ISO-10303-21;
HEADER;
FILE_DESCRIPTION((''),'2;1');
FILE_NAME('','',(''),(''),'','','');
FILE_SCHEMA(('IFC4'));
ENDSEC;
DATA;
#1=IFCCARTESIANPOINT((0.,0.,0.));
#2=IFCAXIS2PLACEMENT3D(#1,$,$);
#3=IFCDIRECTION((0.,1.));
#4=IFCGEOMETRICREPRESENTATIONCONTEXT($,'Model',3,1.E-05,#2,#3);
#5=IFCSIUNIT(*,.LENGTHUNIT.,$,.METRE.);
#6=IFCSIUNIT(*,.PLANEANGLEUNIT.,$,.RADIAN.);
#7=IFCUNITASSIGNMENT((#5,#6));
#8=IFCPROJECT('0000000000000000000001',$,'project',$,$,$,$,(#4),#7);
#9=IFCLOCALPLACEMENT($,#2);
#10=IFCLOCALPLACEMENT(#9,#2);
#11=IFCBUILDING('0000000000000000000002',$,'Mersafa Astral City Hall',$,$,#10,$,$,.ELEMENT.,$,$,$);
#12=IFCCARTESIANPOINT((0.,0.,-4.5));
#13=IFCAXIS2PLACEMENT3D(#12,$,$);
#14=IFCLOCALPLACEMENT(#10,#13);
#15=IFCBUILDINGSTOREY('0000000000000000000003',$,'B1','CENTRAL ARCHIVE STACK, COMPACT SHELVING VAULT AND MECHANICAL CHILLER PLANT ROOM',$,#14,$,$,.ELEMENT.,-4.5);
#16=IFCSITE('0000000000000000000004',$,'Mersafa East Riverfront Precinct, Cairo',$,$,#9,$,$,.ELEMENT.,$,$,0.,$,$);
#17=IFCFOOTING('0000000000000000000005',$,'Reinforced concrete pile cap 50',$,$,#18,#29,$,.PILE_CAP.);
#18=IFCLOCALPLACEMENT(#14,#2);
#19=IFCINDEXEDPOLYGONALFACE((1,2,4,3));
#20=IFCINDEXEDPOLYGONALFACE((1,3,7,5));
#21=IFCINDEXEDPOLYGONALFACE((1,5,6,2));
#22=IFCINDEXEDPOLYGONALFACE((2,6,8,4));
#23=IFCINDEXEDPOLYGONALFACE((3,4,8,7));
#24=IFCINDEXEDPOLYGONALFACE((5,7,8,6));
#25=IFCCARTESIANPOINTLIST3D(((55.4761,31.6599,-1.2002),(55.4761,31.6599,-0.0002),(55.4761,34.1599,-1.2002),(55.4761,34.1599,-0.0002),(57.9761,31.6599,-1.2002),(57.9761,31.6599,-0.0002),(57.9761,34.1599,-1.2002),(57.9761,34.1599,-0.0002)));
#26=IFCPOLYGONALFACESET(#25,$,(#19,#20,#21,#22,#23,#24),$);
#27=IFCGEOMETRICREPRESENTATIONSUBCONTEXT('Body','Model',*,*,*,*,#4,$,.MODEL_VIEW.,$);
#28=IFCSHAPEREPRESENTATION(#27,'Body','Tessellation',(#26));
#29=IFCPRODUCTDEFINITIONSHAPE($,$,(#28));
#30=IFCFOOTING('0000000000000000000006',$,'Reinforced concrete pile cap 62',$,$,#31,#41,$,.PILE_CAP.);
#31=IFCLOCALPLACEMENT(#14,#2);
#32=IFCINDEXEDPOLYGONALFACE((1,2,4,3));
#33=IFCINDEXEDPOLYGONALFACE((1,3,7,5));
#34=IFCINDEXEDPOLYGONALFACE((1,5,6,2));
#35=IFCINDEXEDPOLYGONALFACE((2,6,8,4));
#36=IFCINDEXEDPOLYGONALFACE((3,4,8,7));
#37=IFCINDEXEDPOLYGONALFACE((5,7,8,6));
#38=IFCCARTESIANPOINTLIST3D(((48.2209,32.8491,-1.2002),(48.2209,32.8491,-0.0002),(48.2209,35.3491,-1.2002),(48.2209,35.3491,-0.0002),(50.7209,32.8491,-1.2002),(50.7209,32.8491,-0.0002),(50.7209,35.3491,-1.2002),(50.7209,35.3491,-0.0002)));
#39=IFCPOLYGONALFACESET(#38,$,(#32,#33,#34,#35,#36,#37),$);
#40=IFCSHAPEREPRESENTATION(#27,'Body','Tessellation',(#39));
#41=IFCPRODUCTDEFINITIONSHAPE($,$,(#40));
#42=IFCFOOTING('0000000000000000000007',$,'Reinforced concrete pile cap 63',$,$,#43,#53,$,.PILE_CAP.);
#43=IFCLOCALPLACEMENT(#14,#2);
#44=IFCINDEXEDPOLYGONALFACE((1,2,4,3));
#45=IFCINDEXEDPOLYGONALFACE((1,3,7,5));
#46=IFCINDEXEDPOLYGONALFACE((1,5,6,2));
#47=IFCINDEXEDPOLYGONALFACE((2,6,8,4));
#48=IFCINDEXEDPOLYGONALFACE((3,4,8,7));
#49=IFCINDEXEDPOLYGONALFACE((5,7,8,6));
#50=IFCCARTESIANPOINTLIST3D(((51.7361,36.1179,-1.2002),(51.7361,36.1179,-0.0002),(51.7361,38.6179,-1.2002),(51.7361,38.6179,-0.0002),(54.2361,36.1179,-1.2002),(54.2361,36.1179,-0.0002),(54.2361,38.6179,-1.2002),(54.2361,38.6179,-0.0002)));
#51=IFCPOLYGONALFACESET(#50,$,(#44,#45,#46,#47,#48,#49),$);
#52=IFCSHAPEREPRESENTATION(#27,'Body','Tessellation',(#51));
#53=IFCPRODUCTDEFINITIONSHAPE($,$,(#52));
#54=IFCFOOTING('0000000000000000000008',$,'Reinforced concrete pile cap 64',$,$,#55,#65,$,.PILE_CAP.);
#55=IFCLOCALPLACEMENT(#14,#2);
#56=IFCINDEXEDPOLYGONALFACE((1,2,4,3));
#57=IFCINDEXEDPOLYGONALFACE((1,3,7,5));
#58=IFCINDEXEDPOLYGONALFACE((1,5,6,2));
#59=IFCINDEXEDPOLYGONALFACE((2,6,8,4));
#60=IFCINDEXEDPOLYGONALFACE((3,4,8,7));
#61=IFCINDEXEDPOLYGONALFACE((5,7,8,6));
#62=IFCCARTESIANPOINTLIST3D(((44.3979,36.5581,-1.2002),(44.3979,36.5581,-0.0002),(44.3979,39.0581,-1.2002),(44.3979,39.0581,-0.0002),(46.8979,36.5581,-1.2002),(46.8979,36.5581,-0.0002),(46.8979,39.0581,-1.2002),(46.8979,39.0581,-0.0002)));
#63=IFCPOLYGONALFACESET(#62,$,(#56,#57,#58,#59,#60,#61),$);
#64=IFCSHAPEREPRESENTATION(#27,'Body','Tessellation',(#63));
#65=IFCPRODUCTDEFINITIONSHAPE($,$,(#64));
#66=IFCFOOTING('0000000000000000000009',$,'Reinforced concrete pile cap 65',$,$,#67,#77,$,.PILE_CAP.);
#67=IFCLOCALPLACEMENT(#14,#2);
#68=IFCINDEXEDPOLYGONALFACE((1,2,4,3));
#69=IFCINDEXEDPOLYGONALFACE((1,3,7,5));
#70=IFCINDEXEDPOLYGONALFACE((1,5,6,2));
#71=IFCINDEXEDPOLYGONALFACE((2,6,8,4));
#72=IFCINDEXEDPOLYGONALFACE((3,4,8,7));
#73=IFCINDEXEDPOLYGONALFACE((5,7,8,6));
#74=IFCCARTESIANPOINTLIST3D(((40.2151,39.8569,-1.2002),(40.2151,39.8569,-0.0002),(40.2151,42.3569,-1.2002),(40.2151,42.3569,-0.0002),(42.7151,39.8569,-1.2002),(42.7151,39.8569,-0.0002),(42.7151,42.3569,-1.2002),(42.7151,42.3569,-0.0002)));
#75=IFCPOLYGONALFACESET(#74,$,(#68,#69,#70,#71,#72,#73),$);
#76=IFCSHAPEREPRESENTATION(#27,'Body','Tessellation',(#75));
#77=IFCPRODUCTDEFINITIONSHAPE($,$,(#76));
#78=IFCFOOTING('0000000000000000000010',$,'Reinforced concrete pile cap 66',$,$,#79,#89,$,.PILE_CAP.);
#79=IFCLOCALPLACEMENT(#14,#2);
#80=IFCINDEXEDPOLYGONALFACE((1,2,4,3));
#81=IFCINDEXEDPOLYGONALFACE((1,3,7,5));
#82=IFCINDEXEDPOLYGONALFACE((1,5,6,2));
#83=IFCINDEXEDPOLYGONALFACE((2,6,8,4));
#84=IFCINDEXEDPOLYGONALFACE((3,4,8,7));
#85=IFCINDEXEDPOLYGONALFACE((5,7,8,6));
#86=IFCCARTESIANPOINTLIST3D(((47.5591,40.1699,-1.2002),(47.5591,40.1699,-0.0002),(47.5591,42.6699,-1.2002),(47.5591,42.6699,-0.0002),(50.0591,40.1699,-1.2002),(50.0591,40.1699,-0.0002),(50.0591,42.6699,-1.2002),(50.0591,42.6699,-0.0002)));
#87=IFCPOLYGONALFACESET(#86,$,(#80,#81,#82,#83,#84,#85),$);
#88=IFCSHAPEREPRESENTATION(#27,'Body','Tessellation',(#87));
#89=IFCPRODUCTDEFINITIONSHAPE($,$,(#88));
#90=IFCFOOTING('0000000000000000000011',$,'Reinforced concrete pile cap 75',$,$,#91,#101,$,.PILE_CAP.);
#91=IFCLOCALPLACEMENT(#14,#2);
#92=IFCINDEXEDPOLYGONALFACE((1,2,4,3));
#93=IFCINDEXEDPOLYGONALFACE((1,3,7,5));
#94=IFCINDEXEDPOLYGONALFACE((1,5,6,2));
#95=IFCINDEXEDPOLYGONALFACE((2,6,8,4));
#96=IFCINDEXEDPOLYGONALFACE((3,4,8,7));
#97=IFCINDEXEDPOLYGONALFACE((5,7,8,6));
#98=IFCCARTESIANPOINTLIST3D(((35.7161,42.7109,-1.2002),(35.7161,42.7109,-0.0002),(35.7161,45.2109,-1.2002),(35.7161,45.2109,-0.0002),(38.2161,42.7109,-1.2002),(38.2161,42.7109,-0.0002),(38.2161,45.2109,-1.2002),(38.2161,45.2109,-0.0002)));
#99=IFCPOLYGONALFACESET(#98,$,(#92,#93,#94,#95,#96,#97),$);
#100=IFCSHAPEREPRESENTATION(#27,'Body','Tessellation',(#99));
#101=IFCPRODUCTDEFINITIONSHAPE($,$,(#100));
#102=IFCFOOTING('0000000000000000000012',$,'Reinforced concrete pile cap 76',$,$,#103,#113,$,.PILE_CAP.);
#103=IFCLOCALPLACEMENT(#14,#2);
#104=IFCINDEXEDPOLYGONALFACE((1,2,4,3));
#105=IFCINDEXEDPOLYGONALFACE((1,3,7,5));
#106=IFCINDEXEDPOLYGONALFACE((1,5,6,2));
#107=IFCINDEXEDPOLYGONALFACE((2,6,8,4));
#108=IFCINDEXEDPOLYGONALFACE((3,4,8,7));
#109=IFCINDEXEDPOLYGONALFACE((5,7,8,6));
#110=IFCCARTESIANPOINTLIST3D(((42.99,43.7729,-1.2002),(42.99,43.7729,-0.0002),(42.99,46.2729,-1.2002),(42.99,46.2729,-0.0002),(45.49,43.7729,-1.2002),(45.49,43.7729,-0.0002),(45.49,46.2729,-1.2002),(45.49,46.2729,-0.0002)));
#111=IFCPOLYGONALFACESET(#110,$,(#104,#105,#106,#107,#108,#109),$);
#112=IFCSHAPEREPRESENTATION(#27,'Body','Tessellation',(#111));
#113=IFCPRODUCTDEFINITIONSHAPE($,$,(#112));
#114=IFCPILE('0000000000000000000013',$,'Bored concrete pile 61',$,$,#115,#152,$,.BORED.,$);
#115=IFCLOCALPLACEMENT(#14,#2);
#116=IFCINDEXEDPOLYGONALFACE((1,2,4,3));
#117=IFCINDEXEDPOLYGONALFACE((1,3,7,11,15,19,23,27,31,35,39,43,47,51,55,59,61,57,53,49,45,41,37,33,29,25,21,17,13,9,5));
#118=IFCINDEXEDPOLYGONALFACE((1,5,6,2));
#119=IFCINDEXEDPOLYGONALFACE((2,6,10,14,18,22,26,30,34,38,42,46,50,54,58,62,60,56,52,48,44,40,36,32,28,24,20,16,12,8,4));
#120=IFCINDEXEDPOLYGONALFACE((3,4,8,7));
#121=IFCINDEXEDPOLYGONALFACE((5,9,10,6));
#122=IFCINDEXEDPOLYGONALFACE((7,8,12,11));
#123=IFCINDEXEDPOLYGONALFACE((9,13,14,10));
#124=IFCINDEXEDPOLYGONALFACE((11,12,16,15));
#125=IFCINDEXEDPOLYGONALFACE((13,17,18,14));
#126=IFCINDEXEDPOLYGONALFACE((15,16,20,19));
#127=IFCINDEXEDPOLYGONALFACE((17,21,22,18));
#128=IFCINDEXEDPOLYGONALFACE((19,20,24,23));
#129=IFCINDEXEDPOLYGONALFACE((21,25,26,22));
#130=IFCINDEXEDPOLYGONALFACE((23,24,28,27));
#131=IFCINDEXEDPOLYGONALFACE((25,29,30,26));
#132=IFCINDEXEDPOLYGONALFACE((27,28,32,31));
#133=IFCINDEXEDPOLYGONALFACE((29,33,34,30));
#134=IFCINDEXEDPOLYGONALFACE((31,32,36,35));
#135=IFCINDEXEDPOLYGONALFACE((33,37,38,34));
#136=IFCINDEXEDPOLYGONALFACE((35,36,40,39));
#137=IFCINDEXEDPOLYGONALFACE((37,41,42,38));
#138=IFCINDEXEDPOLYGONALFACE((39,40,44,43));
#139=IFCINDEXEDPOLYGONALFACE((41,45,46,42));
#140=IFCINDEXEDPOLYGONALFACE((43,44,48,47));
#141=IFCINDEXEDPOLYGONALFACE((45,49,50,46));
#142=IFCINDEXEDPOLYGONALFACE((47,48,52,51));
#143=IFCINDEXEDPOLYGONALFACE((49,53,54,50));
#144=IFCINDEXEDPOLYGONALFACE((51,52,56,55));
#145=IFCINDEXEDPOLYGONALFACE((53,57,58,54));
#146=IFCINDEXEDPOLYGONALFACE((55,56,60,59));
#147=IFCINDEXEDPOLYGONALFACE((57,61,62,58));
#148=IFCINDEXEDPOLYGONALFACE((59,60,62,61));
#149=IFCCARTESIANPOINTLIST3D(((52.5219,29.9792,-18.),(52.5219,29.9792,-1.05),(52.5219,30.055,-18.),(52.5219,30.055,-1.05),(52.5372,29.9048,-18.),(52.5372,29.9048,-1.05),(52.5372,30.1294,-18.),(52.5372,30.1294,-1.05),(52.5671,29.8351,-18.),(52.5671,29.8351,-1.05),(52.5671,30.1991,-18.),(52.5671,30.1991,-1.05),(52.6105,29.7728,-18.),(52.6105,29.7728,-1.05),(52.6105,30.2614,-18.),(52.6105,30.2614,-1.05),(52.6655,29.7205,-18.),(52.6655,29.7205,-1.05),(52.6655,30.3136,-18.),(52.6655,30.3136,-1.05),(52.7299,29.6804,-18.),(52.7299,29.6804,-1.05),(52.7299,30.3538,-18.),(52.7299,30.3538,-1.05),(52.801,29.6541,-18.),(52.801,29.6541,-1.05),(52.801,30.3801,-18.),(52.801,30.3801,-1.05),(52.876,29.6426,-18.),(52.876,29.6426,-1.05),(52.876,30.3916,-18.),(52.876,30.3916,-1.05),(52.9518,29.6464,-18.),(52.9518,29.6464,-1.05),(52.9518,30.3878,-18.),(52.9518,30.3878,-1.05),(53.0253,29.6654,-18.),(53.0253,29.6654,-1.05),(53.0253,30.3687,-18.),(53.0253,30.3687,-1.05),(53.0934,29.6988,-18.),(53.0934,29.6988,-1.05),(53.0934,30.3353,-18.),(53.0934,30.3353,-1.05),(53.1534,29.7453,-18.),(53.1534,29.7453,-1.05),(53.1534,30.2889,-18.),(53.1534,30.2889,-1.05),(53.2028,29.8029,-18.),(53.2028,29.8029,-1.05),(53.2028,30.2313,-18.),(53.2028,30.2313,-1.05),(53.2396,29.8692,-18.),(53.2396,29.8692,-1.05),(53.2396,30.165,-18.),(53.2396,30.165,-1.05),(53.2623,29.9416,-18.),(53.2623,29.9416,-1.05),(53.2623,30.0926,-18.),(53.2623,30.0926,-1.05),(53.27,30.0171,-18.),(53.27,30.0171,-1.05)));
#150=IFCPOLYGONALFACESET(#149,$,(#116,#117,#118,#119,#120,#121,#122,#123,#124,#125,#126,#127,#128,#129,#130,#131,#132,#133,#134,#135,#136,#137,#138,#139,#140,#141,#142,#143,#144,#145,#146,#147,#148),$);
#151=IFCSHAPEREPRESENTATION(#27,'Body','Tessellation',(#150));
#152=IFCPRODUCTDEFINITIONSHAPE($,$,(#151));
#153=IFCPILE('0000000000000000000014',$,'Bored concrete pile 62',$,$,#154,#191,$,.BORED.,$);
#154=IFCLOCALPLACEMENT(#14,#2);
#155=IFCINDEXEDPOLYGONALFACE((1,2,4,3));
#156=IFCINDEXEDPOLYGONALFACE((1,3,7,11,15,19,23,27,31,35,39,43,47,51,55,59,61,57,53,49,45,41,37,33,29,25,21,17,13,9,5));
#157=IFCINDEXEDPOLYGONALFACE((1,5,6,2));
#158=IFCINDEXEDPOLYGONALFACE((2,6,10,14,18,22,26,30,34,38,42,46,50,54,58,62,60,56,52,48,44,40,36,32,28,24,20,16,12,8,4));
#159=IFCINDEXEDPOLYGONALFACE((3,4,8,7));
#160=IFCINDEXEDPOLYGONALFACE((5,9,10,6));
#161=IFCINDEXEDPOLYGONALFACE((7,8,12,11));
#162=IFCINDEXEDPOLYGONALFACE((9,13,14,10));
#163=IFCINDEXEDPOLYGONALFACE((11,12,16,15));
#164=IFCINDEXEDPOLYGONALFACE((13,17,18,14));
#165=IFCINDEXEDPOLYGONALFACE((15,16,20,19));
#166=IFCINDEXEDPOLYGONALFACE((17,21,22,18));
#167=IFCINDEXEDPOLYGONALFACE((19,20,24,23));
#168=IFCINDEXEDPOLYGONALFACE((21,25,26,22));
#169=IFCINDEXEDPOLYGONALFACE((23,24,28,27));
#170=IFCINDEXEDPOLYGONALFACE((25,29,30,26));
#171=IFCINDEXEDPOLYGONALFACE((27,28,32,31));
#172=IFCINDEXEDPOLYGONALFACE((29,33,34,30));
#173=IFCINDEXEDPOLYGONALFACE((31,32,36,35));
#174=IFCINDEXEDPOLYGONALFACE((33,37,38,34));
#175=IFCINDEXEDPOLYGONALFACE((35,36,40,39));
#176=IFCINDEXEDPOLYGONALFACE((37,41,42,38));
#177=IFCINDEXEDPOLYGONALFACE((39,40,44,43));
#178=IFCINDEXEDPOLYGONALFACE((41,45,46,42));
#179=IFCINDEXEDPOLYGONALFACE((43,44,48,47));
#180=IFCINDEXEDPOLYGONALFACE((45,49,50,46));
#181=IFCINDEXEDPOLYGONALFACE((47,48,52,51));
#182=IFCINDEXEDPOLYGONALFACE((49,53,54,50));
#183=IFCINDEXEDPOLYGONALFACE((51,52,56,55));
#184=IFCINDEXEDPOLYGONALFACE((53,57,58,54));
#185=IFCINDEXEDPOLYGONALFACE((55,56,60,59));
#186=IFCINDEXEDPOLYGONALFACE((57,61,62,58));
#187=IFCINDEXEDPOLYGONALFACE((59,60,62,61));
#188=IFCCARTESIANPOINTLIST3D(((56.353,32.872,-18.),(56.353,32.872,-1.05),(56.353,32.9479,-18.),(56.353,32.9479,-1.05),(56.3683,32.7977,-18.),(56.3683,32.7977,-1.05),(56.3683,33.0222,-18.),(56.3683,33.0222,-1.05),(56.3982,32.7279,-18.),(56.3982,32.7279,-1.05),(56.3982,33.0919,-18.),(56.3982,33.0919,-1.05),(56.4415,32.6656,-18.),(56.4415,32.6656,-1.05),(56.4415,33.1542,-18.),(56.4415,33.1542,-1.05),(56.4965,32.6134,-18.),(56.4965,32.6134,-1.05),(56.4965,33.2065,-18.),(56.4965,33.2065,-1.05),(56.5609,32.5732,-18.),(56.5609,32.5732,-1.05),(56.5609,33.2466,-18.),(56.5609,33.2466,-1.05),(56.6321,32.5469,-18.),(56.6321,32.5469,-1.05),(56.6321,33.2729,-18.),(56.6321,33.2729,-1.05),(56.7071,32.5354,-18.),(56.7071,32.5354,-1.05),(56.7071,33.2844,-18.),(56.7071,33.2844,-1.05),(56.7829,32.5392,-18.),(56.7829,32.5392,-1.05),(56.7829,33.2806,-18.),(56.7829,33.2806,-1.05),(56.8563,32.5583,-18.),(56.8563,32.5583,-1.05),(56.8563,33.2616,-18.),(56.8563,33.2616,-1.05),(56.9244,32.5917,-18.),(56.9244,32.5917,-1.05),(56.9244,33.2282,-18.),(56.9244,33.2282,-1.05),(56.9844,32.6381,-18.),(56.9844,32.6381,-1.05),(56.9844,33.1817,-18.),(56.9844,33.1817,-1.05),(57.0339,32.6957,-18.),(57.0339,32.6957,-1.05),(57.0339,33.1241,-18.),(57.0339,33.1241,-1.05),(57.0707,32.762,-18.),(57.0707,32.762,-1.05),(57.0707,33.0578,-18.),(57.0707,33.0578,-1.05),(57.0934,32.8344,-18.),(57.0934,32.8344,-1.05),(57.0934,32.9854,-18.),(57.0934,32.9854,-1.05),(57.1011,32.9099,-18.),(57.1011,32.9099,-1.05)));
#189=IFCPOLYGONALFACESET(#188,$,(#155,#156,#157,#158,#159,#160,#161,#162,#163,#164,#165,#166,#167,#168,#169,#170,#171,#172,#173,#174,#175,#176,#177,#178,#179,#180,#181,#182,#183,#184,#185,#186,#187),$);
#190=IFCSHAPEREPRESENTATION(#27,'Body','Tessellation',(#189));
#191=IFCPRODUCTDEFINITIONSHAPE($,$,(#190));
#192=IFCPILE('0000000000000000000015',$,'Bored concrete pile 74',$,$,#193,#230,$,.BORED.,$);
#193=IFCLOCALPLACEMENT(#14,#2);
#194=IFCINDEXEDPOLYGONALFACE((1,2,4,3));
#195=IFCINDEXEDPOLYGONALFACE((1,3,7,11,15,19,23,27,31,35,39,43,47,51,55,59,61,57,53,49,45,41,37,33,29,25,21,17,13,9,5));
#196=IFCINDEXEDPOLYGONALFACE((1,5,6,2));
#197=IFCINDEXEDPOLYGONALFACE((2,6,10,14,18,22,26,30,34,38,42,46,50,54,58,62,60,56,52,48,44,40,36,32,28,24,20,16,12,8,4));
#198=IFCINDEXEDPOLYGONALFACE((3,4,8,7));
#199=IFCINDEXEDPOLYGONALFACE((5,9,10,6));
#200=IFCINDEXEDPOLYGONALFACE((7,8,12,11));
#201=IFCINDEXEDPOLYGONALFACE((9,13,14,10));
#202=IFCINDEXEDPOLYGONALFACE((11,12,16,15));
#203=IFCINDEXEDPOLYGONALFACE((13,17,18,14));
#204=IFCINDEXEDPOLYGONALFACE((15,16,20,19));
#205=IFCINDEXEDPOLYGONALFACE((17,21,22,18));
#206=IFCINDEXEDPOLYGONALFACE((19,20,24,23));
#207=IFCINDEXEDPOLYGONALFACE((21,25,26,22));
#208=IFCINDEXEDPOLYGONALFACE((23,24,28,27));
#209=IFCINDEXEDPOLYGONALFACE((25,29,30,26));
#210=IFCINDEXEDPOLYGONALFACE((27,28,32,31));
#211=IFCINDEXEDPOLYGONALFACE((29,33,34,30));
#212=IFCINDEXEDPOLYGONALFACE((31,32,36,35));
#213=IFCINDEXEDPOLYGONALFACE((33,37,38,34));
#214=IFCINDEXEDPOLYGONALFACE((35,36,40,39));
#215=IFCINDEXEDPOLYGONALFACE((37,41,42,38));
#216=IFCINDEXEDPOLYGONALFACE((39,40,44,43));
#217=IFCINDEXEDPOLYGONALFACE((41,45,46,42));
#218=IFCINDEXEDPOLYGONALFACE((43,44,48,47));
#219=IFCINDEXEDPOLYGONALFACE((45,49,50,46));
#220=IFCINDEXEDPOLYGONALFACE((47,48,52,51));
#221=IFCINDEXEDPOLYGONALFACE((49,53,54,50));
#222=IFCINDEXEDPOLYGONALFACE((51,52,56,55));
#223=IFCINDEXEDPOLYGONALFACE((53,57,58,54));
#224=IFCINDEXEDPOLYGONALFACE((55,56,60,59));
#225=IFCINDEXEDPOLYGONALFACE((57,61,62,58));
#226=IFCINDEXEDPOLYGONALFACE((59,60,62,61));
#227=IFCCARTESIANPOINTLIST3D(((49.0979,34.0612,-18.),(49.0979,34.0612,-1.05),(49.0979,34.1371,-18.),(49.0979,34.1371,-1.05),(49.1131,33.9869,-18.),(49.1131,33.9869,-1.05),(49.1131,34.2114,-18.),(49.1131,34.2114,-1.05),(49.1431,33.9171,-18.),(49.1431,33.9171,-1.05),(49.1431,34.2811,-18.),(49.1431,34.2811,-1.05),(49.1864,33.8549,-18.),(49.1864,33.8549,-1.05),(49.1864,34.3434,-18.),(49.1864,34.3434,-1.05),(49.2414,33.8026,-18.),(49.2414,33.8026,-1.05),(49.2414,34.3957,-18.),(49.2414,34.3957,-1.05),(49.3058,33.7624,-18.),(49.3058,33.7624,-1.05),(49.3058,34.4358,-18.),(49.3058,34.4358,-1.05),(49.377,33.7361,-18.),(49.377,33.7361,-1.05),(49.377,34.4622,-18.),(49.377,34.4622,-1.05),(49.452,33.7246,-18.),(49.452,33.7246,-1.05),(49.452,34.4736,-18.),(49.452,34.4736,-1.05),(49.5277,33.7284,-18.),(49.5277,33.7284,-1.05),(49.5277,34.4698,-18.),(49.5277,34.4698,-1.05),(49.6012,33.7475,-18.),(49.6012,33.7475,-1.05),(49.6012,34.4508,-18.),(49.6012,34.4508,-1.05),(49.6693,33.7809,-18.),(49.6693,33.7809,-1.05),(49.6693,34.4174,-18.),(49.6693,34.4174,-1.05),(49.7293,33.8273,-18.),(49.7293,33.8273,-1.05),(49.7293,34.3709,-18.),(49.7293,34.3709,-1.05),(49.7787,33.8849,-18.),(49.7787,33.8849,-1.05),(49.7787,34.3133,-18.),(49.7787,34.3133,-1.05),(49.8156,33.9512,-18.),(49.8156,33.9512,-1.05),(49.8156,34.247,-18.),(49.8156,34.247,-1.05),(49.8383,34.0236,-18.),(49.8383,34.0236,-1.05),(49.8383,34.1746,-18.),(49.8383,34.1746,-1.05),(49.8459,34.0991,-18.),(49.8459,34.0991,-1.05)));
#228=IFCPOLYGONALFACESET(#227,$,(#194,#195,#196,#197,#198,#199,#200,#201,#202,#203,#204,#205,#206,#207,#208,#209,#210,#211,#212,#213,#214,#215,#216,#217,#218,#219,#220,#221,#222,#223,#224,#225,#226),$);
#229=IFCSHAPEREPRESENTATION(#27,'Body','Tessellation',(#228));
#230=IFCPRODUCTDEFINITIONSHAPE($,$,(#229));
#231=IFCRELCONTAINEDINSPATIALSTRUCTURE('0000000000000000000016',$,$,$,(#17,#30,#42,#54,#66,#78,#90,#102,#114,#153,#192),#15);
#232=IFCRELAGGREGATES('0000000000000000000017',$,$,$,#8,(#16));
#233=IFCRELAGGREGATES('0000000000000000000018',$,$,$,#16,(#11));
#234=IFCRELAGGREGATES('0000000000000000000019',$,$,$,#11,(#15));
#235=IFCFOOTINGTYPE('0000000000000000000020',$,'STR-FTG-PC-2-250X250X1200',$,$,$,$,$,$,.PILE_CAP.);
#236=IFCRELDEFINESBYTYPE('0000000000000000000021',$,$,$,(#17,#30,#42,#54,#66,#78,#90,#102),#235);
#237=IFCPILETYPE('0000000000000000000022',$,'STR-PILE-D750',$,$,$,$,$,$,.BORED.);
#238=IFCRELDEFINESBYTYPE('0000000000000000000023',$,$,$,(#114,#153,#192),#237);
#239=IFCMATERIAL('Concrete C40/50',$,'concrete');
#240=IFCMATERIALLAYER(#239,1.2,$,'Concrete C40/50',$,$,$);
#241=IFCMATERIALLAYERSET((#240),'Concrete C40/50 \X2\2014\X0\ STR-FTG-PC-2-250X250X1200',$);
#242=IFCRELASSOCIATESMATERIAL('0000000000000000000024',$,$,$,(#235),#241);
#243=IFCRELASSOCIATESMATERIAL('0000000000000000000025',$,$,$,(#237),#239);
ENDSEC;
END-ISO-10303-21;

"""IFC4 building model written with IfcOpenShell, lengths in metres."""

from ifc_helpers import new_model, si_unit, direction, frame, origin, origin_2d, place, context, subcontext, project, spatial, rectangle, circle, extrude, material, layer, layer_set, material_profile, profile_set, type_object, element, save


model = new_model("IFC4")

# Units and contexts
model_context = context("Model", 3, precision=1e-05, world=origin(), true_north=direction((0.0, 1.0)))
body_context = subcontext(model_context, "Body", "Model", "MODEL_VIEW")
ifc_project = project(units=[si_unit("LENGTHUNIT", "METRE"), si_unit("PLANEANGLEUNIT", "RADIAN")], contexts=[model_context])

# Site, building, storey
site_placement = place(None, origin())
site = spatial("IfcSite", under=ifc_project, at=site_placement, Name="Mersafa East Riverfront Precinct, Cairo", CompositionType="ELEMENT", RefElevation=0.0)
building_placement = place(site_placement, origin())
building = spatial("IfcBuilding", under=site, at=building_placement, Name="Mersafa Astral City Hall", CompositionType="ELEMENT")
storey_placement = place(building_placement, frame((0.0, 0.0, -4.5)))
storey = spatial("IfcBuildingStorey", under=building, at=storey_placement, Name="B1", Description="CENTRAL ARCHIVE STACK, COMPACT SHELVING VAULT AND MECHANICAL CHILLER PLANT ROOM", CompositionType="ELEMENT", Elevation=-4.5)

# Footings
ifc_material = material(Name="Concrete C40/50", Category="concrete")
ifc_layer = layer(ifc_material, 1.2, Name="Concrete C40/50")
ifc_layer_set = layer_set([ifc_layer], Name="Concrete C40/50 — STR-FTG-PC-2-250X250X1200")
footing_type = type_object("IfcFootingType", Name="STR-FTG-PC-2-250X250X1200", PredefinedType="PILE_CAP", material=ifc_layer_set)
for number, where, z_axis, x_axis, name in (
    (1, (56.7261, 32.9099, -1.2002), (0.0, 0.0, 1.0), (1.0, 0.0, 0.0), "Reinforced concrete pile cap 50"),
    (2, (49.4709, 34.0991, -1.2002), (0.0, 0.0, 1.0), (1.0, 0.0, 0.0), "Reinforced concrete pile cap 62"),
    (3, (52.9861, 37.3679, -1.2002), (0.0, 0.0, 1.0), (1.0, 0.0, 0.0), "Reinforced concrete pile cap 63"),
    (4, (45.6479, 37.8081, -1.2002), (0.0, 0.0, 1.0), (1.0, 0.0, 0.0), "Reinforced concrete pile cap 64"),
    (5, (41.4651, 41.1069, -1.2002), (0.0, 0.0, 1.0), (1.0, 0.0, 0.0), "Reinforced concrete pile cap 65"),
    (6, (48.8091, 41.4199, -1.2002), (0.0, 0.0, 1.0), (1.0, 0.0, 0.0), "Reinforced concrete pile cap 66"),
    (7, (36.9661, 43.9609, -1.2002), (0.0, 0.0, 1.0), (1.0, 0.0, 0.0), "Reinforced concrete pile cap 75"),
    (8, (44.24, 45.0229, -1.2002), (0.0, 0.0, 1.0), (1.0, 0.0, 0.0), "Reinforced concrete pile cap 76"),
):
    element("IfcFooting", number, at=place(storey_placement, frame(where, z_axis=z_axis, x_axis=x_axis)), inside=storey, type_object=footing_type, Name=name, PredefinedType="PILE_CAP", context=body_context, shape_type="SweptSolid", body=[
        extrude(rectangle(XDim=2.5, YDim=2.5, at=origin_2d()), origin(), (0.0, 0.0, 1.0), 1.2),
    ])

# Piles
ifc_material_profile_1 = material_profile(ifc_material, circle(Radius=0.375, at=origin_2d()), Name="PILE D750")
ifc_profile_set_1 = profile_set([ifc_material_profile_1], Name="Concrete C40/50")
pile_type = type_object("IfcPileType", Name="STR-PILE-D750", PredefinedType="BORED", material=ifc_profile_set_1)
for number, where, z_axis, x_axis, name in (
    (9, (52.895, 30.0171, -1.05), (0.0, 0.0, -1.0), (1.0, 0.0, 0.0), "Bored concrete pile 61"),
    (10, (56.7261, 32.9099, -1.05), (0.0, 0.0, -1.0), (1.0, 0.0, 0.0), "Bored concrete pile 62"),
    (11, (49.4709, 34.0991, -1.05), (0.0, 0.0, -1.0), (1.0, 0.0, 0.0), "Bored concrete pile 74"),
):
    element("IfcPile", number, at=place(storey_placement, frame(where, z_axis=z_axis, x_axis=x_axis)), inside=storey, type_object=pile_type, Name=name, PredefinedType="BORED", context=body_context, shape_type="SweptSolid", body=[
        extrude(circle(Radius=0.375, at=origin_2d()), origin(), (0.0, 0.0, 1.0), 16.95),
    ])

save(model, "model.ifc")
